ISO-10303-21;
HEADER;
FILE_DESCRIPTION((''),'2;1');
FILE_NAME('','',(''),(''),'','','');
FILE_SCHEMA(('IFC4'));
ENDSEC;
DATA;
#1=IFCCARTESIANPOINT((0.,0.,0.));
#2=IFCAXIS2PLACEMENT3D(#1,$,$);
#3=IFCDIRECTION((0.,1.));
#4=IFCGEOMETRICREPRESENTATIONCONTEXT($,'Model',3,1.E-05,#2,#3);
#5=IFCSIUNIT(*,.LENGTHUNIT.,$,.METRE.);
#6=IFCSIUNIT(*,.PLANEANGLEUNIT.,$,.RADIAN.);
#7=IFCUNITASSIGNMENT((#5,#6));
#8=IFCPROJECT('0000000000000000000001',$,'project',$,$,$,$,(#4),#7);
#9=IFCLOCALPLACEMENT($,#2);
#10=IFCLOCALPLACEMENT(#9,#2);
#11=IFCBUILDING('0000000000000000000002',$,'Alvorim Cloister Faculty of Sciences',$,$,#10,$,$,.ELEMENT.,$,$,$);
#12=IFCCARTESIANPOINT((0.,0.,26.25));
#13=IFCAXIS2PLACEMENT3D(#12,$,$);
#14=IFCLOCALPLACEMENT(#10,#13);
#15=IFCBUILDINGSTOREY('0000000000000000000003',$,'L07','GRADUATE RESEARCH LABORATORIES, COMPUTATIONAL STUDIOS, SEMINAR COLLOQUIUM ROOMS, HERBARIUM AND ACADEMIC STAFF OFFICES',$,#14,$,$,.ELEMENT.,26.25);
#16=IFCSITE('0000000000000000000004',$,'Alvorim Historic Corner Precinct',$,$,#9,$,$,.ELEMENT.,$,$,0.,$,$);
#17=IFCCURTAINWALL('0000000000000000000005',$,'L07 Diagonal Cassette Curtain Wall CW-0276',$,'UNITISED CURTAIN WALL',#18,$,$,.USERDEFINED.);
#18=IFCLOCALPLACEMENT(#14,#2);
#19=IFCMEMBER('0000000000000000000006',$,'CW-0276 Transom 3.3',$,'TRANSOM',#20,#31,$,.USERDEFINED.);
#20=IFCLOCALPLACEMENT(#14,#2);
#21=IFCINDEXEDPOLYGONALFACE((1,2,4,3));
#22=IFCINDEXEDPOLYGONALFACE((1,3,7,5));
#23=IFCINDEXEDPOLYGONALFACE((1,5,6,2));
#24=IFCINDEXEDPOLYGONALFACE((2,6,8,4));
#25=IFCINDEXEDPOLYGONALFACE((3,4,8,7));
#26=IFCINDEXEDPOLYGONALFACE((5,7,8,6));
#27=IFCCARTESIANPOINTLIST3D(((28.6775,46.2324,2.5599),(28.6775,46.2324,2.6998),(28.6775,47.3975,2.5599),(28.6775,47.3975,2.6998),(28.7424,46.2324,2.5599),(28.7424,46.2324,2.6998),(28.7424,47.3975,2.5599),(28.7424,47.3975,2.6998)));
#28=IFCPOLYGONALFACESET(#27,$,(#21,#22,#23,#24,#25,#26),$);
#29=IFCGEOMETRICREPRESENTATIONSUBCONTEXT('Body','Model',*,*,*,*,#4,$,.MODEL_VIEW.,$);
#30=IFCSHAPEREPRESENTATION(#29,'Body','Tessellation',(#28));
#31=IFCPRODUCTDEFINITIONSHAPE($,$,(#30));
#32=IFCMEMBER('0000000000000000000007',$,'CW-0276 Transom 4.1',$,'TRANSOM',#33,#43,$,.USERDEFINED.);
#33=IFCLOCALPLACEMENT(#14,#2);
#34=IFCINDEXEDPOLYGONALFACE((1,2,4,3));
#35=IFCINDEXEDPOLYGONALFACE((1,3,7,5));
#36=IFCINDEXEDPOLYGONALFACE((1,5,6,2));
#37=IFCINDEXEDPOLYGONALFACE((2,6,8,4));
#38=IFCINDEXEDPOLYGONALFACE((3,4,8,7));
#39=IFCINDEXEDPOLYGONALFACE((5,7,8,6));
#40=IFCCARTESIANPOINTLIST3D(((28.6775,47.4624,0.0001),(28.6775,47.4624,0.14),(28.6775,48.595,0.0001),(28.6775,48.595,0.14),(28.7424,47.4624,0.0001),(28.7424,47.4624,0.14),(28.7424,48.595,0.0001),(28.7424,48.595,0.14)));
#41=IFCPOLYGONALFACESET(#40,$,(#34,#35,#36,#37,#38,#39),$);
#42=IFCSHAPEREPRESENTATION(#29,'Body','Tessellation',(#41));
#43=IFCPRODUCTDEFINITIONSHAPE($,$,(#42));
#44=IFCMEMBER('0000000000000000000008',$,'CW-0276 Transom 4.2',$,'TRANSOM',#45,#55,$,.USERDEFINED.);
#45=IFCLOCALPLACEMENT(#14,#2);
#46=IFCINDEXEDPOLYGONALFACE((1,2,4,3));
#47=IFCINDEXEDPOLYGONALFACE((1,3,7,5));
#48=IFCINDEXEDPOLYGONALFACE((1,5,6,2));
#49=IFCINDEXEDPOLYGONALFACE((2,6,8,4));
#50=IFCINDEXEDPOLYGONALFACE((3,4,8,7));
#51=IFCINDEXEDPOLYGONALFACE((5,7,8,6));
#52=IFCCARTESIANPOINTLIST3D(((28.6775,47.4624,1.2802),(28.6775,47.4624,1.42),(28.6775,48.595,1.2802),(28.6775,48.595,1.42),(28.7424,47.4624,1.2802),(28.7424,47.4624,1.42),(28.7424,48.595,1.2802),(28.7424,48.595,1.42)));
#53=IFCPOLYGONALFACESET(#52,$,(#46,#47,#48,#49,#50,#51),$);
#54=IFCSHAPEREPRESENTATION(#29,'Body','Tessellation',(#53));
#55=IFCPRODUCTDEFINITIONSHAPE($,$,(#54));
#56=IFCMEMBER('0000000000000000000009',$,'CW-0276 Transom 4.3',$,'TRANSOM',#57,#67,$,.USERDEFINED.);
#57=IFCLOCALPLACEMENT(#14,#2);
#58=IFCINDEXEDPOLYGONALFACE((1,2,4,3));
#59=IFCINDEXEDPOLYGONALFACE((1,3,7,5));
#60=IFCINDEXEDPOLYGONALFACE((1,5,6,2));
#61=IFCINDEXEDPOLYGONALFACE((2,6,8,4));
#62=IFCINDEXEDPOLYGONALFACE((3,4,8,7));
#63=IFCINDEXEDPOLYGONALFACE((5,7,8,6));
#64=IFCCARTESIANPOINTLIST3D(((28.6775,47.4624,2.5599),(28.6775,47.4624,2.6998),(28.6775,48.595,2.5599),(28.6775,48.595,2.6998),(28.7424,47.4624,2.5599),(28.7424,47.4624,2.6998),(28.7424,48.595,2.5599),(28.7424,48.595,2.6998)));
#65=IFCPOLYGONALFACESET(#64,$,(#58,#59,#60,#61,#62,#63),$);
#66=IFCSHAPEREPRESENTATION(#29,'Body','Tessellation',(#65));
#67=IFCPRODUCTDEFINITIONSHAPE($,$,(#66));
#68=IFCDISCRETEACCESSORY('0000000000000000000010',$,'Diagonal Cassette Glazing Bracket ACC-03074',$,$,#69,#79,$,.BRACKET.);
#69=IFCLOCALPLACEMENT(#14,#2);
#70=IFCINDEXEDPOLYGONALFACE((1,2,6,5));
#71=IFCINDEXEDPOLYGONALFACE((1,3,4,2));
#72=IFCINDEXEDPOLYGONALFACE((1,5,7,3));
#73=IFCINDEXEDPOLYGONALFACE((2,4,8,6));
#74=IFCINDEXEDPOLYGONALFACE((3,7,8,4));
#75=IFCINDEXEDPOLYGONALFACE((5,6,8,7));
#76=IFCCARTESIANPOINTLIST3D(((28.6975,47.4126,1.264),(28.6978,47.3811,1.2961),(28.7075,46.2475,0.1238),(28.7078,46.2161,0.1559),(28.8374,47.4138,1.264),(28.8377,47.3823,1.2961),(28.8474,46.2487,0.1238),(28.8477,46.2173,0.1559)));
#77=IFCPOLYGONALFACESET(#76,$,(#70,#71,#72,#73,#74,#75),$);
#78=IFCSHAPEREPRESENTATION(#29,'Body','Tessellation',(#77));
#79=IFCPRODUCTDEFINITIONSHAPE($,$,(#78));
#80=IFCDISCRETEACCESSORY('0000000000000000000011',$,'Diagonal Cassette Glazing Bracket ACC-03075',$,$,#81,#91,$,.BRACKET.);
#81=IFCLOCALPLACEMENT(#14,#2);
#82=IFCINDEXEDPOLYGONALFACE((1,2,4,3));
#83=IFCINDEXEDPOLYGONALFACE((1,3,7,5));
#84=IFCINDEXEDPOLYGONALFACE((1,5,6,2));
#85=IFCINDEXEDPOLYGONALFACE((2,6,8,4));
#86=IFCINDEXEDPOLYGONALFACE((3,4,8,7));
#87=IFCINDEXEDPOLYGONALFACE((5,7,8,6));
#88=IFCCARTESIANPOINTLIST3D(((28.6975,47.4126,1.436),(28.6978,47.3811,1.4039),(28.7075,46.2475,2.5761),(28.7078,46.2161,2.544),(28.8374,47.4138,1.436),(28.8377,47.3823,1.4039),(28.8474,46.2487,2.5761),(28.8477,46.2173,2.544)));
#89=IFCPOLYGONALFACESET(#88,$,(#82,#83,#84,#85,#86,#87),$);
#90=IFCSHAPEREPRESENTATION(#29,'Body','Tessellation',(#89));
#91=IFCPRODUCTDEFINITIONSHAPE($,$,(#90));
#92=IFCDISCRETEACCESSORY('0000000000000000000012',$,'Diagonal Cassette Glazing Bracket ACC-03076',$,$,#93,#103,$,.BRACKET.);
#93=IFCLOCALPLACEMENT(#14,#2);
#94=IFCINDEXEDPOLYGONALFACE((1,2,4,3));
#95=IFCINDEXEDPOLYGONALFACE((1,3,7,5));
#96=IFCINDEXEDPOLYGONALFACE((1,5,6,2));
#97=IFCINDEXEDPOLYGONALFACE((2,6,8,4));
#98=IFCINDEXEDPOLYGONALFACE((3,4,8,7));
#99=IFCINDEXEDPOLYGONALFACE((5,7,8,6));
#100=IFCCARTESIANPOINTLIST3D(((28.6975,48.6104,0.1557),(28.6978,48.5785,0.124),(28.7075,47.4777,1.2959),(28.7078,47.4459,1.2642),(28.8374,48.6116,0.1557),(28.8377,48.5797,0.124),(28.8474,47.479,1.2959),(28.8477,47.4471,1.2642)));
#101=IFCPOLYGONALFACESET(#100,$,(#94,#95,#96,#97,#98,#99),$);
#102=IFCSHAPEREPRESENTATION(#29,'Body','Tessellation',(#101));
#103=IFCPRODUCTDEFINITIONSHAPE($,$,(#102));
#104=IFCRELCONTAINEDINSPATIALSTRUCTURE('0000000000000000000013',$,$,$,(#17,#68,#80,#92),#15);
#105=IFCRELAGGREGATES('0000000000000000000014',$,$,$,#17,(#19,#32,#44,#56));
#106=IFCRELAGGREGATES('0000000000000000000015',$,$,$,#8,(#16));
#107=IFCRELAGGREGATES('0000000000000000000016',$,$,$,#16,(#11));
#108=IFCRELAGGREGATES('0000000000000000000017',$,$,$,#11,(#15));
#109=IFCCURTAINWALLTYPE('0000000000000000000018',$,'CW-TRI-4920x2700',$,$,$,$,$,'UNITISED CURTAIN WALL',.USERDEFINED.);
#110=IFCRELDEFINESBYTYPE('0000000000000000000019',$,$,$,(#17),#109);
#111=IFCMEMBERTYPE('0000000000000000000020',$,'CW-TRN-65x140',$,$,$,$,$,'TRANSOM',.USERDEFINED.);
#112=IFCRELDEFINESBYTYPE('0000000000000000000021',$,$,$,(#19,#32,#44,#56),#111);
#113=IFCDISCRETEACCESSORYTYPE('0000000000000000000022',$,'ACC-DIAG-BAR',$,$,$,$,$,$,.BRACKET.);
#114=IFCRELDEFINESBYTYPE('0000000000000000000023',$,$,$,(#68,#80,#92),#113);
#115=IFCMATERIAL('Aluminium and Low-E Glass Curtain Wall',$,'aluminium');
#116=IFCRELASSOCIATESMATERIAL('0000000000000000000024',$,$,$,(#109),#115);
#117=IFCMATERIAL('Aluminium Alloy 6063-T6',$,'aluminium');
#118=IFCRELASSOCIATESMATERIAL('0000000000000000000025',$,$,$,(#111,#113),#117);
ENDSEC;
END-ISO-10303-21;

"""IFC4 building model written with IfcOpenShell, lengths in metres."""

from ifc_helpers import new_model, si_unit, direction, frame, origin, origin_2d, place, context, subcontext, project, spatial, rectangle, extrude, material, material_profile, profile_set, type_object, element, aggregate, save


model = new_model("IFC4")

# Units and contexts
model_context = context("Model", 3, precision=1e-05, world=origin(), true_north=direction((0.0, 1.0)))
body_context = subcontext(model_context, "Body", "Model", "MODEL_VIEW")
ifc_project = project(units=[si_unit("LENGTHUNIT", "METRE"), si_unit("PLANEANGLEUNIT", "RADIAN")], contexts=[model_context])

# Site, building, storey
site_placement = place(None, origin())
site = spatial("IfcSite", under=ifc_project, at=site_placement, Name="Alvorim Historic Corner Precinct", CompositionType="ELEMENT", RefElevation=0.0)
building_placement = place(site_placement, origin())
building = spatial("IfcBuilding", under=site, at=building_placement, Name="Alvorim Cloister Faculty of Sciences", CompositionType="ELEMENT")
storey_placement = place(building_placement, frame((0.0, 0.0, 26.25)))
storey = spatial("IfcBuildingStorey", under=building, at=storey_placement, Name="L07", Description="GRADUATE RESEARCH LABORATORIES, COMPUTATIONAL STUDIOS, SEMINAR COLLOQUIUM ROOMS, HERBARIUM AND ACADEMIC STAFF OFFICES", CompositionType="ELEMENT", Elevation=26.25)

# Curtain wall
ifc_material_1 = material(Name="Aluminium and Low-E Glass Curtain Wall", Category="aluminium")
ifc_material_2 = material(Name="Aluminium Alloy 6063-T6", Category="aluminium")
curtain_wall_type_1 = type_object("IfcCurtainWallType", Name="CW-TRI-4920x2700", ElementType="UNITISED CURTAIN WALL", PredefinedType="USERDEFINED", material=ifc_material_1)
curtain_wall_1_placement = place(storey_placement, origin())
curtain_wall_1 = element("IfcCurtainWall", 1, at=curtain_wall_1_placement, inside=storey, type_object=curtain_wall_type_1, Name="L07 Diagonal Cassette Curtain Wall CW-0276", ObjectType="UNITISED CURTAIN WALL", PredefinedType="USERDEFINED")

# Members
ifc_material_profile_1 = material_profile(ifc_material_2, rectangle(XDim=0.0649, YDim=0.1399, at=origin_2d()), Name="ALU-TRN-65x140")
ifc_profile_set_1 = profile_set([ifc_material_profile_1], Name="Aluminium Alloy 6063-T6")
member_type_1 = type_object("IfcMemberType", Name="CW-TRN-65x140", ElementType="TRANSOM", PredefinedType="USERDEFINED", material=ifc_profile_set_1)
member_1_placement = place(storey_placement, frame((28.71, 46.2324, 2.6299), z_axis=(0.0, 1.0, 0.0), x_axis=(-1.0, 0.0, 0.0)))
member_1 = element("IfcMember", 2, at=member_1_placement, type_object=member_type_1, Name="CW-0276 Transom 3.3", ObjectType="TRANSOM", PredefinedType="USERDEFINED", context=body_context, shape_type="SweptSolid", body=[
    extrude(rectangle(XDim=0.0649, YDim=0.1399, at=origin_2d()), origin(), (0.0, 0.0, 1.0), 1.165),
])
member_2_placement = place(storey_placement, frame((28.71, 47.4624, 0.0701), z_axis=(0.0, 1.0, 0.0), x_axis=(-1.0, 0.0, 0.0)))
member_2 = element("IfcMember", 3, at=member_2_placement, type_object=member_type_1, Name="CW-0276 Transom 4.1", ObjectType="TRANSOM", PredefinedType="USERDEFINED", context=body_context, shape_type="SweptSolid", body=[
    extrude(rectangle(XDim=0.0649, YDim=0.1399, at=origin_2d()), origin(), (0.0, 0.0, 1.0), 1.1326),
])
member_3_placement = place(storey_placement, frame((28.71, 47.4624, 1.3501), z_axis=(0.0, 1.0, 0.0), x_axis=(-1.0, 0.0, 0.0)))
member_3 = element("IfcMember", 4, at=member_3_placement, type_object=member_type_1, Name="CW-0276 Transom 4.2", ObjectType="TRANSOM", PredefinedType="USERDEFINED", context=body_context, shape_type="SweptSolid", body=[
    extrude(rectangle(XDim=0.0649, YDim=0.1399, at=origin_2d()), origin(), (0.0, 0.0, 1.0), 1.1326),
])
member_4_placement = place(storey_placement, frame((28.71, 47.4624, 2.6299), z_axis=(0.0, 1.0, 0.0), x_axis=(-1.0, 0.0, 0.0)))
member_4 = element("IfcMember", 5, at=member_4_placement, type_object=member_type_1, Name="CW-0276 Transom 4.3", ObjectType="TRANSOM", PredefinedType="USERDEFINED", context=body_context, shape_type="SweptSolid", body=[
    extrude(rectangle(XDim=0.0649, YDim=0.1399, at=origin_2d()), origin(), (0.0, 0.0, 1.0), 1.1326),
])
aggregate(curtain_wall_1, [member_1, member_2, member_3, member_4])

# Discrete accessories
discrete_accessory_type = type_object("IfcDiscreteAccessoryType", Name="ACC-DIAG-BAR", PredefinedType="BRACKET", material=ifc_material_2)
for number, where, z_axis, x_axis, name in (
    (6, (28.7776, 46.2324, 0.1399), (-0.00614, 0.71469, 0.699414), (-0.999963, -0.008591, 0.0), "Diagonal Cassette Glazing Bracket ACC-03074"),
    (7, (28.7776, 46.2324, 2.5601), (-0.00614, 0.71469, -0.699414), (-0.999963, -0.008591, 0.0), "Diagonal Cassette Glazing Bracket ACC-03075"),
):
    element("IfcDiscreteAccessory", number, at=place(storey_placement, frame(where, z_axis=z_axis, x_axis=x_axis)), inside=storey, type_object=discrete_accessory_type, Name=name, PredefinedType="BRACKET", context=body_context, shape_type="SweptSolid", body=[
        extrude(rectangle(XDim=0.1399, YDim=0.0449, at=origin_2d()), origin(), (0.0, 0.0, 1.0), 1.6301),
    ])
discrete_accessory_placement = place(storey_placement, frame((28.7776, 47.4624, 1.28), z_axis=(-0.006229, 0.704734, -0.709444), x_axis=(-0.999961, -0.008838, 0.0)))
element("IfcDiscreteAccessory", 8, at=discrete_accessory_placement, inside=storey, type_object=discrete_accessory_type, Name="Diagonal Cassette Glazing Bracket ACC-03076", PredefinedType="BRACKET", context=body_context, shape_type="SweptSolid", body=[
    extrude(rectangle(XDim=0.1399, YDim=0.0449, at=origin_2d()), origin(), (0.0, 0.0, 1.0), 1.6072),
])

save(model, "model.ifc")
